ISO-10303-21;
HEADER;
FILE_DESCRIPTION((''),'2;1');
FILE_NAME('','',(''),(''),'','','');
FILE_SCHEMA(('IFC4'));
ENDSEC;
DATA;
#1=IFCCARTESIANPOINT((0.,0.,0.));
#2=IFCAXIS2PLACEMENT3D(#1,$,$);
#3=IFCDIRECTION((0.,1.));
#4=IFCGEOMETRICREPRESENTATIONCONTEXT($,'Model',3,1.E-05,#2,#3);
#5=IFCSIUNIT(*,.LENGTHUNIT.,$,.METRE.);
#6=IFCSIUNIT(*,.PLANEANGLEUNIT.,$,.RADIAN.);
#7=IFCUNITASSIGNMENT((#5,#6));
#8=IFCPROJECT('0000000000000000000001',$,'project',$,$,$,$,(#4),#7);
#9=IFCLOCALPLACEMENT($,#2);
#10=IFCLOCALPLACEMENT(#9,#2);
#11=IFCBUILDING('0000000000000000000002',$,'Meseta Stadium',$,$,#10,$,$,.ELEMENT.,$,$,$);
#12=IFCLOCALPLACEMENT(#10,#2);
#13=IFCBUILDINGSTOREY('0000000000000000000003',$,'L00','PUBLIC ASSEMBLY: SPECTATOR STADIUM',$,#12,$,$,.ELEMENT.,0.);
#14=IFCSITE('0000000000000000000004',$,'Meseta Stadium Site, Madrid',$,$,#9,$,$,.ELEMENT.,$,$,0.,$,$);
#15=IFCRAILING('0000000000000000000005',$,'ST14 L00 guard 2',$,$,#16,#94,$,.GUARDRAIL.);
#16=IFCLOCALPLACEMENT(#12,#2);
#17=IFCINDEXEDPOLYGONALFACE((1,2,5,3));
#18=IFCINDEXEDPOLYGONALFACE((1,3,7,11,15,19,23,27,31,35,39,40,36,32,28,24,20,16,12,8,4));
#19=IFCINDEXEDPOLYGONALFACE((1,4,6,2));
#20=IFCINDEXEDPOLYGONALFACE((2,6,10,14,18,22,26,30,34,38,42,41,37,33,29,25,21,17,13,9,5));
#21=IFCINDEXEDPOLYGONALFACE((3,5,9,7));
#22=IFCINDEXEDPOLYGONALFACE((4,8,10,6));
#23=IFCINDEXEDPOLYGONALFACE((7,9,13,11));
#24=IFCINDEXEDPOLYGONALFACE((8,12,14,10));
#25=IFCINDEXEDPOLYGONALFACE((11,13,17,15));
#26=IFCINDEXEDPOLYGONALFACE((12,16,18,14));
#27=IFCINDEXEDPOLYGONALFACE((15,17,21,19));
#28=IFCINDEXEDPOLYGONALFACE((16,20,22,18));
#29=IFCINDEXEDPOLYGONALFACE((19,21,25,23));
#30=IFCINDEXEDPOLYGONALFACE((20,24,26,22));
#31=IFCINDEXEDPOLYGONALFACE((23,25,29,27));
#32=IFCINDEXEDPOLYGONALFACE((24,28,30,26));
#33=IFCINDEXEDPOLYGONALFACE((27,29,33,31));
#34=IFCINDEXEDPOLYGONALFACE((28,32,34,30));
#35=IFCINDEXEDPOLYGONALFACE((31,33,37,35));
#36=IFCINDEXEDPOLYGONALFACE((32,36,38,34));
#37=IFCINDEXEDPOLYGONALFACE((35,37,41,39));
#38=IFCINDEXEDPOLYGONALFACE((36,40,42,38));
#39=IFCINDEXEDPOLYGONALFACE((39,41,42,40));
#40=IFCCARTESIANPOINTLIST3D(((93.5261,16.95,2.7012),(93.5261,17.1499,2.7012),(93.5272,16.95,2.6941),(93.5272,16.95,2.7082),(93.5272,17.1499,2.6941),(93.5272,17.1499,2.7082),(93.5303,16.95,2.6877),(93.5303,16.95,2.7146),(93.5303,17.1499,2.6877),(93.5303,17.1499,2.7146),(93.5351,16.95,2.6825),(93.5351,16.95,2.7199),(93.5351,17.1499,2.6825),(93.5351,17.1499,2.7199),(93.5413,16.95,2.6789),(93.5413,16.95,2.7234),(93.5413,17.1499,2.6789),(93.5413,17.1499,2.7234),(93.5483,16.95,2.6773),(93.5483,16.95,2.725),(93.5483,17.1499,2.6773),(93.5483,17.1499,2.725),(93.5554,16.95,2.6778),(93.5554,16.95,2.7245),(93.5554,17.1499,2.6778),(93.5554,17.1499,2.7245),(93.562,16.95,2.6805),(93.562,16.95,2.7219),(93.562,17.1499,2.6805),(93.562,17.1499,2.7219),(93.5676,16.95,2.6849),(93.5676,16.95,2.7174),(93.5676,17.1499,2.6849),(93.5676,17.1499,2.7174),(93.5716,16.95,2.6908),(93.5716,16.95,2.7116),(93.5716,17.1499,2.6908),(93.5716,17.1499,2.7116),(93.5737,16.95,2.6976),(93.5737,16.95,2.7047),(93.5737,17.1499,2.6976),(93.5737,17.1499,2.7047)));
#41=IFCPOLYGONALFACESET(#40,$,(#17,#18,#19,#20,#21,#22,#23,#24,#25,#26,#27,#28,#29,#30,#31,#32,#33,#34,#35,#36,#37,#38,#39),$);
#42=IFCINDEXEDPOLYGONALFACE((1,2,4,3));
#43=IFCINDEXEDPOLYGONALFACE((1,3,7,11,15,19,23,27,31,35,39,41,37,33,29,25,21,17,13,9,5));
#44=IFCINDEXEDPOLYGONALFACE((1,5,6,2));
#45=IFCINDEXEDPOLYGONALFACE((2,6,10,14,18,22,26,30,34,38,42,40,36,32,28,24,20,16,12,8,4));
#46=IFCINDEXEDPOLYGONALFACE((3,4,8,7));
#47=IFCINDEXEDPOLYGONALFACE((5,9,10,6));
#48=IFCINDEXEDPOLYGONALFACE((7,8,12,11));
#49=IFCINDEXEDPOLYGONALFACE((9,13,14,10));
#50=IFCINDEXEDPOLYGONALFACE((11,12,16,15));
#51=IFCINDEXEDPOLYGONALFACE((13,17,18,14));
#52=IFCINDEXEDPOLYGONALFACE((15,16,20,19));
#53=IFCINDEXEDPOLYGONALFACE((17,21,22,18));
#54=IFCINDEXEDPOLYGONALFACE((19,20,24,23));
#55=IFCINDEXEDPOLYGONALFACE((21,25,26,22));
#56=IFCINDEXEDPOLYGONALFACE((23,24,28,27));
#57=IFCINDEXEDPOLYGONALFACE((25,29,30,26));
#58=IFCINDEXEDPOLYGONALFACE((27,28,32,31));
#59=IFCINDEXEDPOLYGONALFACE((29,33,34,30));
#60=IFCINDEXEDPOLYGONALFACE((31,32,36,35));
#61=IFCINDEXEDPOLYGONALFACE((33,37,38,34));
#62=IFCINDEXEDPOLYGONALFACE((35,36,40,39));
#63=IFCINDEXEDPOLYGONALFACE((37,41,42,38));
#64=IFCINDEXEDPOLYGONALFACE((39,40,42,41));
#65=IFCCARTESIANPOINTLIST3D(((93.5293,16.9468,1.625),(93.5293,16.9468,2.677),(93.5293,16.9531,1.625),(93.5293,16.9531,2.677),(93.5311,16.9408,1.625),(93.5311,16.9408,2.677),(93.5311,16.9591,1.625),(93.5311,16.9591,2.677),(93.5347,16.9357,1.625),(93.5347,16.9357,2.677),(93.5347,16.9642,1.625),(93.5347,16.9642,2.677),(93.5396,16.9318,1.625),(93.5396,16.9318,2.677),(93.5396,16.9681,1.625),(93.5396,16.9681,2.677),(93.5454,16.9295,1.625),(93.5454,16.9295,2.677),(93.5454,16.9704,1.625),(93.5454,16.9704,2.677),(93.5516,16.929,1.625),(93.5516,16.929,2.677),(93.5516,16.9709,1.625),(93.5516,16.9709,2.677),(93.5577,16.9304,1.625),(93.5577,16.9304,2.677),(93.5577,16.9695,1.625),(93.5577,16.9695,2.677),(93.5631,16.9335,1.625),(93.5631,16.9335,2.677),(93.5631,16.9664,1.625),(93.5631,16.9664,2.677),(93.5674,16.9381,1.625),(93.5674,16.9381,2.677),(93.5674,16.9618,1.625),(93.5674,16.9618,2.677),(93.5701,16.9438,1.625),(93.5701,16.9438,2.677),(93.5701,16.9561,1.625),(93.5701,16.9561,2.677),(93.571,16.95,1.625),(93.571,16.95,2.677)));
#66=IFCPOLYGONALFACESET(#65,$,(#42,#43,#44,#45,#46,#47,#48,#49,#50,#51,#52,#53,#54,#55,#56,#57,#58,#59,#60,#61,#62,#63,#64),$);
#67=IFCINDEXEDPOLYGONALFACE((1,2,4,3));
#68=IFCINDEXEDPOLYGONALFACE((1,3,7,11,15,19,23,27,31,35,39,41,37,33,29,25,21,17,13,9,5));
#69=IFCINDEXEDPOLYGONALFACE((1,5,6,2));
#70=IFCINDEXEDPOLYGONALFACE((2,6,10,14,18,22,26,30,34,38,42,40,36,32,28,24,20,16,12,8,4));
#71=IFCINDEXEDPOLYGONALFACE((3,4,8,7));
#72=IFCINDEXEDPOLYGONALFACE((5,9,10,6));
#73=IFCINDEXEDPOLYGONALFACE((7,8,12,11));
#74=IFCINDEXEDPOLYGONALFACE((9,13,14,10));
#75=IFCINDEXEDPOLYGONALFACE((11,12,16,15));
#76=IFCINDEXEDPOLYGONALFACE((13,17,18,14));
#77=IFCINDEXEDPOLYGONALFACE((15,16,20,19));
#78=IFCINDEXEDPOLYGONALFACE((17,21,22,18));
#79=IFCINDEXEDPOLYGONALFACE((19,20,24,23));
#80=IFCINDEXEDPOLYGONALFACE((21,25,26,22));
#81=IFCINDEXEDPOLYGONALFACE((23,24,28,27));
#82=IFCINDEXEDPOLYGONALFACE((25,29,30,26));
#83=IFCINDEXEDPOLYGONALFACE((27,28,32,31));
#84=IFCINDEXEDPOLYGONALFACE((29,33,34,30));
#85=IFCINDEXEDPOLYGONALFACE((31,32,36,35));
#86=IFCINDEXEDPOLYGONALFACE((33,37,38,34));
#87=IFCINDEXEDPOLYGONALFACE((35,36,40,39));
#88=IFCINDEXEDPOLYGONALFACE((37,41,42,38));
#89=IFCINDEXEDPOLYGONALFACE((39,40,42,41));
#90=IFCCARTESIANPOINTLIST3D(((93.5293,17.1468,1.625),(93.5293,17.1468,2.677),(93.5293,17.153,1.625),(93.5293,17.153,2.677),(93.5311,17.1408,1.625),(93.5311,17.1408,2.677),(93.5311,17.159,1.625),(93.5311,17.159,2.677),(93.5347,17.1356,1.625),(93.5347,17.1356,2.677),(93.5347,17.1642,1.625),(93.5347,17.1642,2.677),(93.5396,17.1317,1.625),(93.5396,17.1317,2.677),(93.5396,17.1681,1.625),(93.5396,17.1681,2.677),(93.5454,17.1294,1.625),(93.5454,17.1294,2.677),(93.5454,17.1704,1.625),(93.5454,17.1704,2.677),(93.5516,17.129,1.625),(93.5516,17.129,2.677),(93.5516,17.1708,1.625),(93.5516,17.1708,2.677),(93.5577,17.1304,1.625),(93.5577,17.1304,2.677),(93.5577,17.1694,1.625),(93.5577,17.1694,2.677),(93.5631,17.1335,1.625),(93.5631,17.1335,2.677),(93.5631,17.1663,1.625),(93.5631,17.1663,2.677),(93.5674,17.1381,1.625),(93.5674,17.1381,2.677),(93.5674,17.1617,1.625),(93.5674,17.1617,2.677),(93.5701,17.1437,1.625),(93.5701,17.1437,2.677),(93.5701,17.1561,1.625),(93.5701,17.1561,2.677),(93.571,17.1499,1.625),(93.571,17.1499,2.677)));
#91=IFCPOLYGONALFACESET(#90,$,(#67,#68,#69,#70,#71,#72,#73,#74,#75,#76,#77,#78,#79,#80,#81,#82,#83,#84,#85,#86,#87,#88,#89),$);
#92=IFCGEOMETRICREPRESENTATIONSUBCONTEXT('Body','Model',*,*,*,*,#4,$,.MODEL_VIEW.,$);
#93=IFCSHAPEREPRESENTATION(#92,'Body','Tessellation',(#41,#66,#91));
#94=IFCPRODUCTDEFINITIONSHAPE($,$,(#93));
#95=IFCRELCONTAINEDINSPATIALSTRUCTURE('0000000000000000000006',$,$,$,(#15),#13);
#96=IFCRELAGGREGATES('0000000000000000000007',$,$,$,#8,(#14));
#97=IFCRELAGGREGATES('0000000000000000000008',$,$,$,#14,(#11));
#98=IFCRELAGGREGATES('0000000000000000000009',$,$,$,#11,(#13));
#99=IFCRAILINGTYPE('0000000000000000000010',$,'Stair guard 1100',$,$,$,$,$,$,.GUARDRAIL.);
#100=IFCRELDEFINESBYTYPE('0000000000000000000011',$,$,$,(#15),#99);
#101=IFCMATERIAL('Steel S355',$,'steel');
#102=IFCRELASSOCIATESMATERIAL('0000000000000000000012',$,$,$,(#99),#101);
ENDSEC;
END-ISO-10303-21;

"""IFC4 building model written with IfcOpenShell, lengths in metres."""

from ifc_helpers import new_model, si_unit, direction, frame, origin, origin_2d, place, context, subcontext, project, spatial, circle, extrude, material, type_object, element, save


model = new_model("IFC4")

# Units and contexts
model_context = context("Model", 3, precision=1e-05, world=origin(), true_north=direction((0.0, 1.0)))
body_context = subcontext(model_context, "Body", "Model", "MODEL_VIEW")
ifc_project = project(units=[si_unit("LENGTHUNIT", "METRE"), si_unit("PLANEANGLEUNIT", "RADIAN")], contexts=[model_context])

# Site, building, storey
site_placement = place(None, origin())
site = spatial("IfcSite", under=ifc_project, at=site_placement, Name="Meseta Stadium Site, Madrid", CompositionType="ELEMENT", RefElevation=0.0)
building_placement = place(site_placement, origin())
building = spatial("IfcBuilding", under=site, at=building_placement, Name="Meseta Stadium", CompositionType="ELEMENT")
storey_placement = place(building_placement, origin())
storey = spatial("IfcBuildingStorey", under=building, at=storey_placement, Name="L00", Description="PUBLIC ASSEMBLY: SPECTATOR STADIUM", CompositionType="ELEMENT", Elevation=0.0)

# Railing
ifc_material_1 = material(Name="Steel S355", Category="steel")
railing_type_1 = type_object("IfcRailingType", Name="Stair guard 1100", PredefinedType="GUARDRAIL", material=ifc_material_1)
railing_1_placement = place(storey_placement, frame((93.55, 16.95, 1.625)))
element("IfcRailing", 1, at=railing_1_placement, inside=storey, type_object=railing_type_1, Name="ST14 L00 guard 2", PredefinedType="GUARDRAIL", context=body_context, shape_type="SweptSolid", body=[
    extrude(circle(Radius=0.0239, at=origin_2d()), frame((0.0, 0.0, 1.0762), z_axis=(0.0, 1.0, 0.0), x_axis=(-1.0, 0.0, 0.0)), (0.0, 0.0, 1.0), 0.2),
    extrude(circle(Radius=0.021, at=origin_2d()), origin(), (0.0, 0.0, 1.0), 1.052),
    extrude(circle(Radius=0.021, at=origin_2d()), frame((0.0, 0.2, 0.0)), (0.0, 0.0, 1.0), 1.052),
])

save(model, "model.ifc")
